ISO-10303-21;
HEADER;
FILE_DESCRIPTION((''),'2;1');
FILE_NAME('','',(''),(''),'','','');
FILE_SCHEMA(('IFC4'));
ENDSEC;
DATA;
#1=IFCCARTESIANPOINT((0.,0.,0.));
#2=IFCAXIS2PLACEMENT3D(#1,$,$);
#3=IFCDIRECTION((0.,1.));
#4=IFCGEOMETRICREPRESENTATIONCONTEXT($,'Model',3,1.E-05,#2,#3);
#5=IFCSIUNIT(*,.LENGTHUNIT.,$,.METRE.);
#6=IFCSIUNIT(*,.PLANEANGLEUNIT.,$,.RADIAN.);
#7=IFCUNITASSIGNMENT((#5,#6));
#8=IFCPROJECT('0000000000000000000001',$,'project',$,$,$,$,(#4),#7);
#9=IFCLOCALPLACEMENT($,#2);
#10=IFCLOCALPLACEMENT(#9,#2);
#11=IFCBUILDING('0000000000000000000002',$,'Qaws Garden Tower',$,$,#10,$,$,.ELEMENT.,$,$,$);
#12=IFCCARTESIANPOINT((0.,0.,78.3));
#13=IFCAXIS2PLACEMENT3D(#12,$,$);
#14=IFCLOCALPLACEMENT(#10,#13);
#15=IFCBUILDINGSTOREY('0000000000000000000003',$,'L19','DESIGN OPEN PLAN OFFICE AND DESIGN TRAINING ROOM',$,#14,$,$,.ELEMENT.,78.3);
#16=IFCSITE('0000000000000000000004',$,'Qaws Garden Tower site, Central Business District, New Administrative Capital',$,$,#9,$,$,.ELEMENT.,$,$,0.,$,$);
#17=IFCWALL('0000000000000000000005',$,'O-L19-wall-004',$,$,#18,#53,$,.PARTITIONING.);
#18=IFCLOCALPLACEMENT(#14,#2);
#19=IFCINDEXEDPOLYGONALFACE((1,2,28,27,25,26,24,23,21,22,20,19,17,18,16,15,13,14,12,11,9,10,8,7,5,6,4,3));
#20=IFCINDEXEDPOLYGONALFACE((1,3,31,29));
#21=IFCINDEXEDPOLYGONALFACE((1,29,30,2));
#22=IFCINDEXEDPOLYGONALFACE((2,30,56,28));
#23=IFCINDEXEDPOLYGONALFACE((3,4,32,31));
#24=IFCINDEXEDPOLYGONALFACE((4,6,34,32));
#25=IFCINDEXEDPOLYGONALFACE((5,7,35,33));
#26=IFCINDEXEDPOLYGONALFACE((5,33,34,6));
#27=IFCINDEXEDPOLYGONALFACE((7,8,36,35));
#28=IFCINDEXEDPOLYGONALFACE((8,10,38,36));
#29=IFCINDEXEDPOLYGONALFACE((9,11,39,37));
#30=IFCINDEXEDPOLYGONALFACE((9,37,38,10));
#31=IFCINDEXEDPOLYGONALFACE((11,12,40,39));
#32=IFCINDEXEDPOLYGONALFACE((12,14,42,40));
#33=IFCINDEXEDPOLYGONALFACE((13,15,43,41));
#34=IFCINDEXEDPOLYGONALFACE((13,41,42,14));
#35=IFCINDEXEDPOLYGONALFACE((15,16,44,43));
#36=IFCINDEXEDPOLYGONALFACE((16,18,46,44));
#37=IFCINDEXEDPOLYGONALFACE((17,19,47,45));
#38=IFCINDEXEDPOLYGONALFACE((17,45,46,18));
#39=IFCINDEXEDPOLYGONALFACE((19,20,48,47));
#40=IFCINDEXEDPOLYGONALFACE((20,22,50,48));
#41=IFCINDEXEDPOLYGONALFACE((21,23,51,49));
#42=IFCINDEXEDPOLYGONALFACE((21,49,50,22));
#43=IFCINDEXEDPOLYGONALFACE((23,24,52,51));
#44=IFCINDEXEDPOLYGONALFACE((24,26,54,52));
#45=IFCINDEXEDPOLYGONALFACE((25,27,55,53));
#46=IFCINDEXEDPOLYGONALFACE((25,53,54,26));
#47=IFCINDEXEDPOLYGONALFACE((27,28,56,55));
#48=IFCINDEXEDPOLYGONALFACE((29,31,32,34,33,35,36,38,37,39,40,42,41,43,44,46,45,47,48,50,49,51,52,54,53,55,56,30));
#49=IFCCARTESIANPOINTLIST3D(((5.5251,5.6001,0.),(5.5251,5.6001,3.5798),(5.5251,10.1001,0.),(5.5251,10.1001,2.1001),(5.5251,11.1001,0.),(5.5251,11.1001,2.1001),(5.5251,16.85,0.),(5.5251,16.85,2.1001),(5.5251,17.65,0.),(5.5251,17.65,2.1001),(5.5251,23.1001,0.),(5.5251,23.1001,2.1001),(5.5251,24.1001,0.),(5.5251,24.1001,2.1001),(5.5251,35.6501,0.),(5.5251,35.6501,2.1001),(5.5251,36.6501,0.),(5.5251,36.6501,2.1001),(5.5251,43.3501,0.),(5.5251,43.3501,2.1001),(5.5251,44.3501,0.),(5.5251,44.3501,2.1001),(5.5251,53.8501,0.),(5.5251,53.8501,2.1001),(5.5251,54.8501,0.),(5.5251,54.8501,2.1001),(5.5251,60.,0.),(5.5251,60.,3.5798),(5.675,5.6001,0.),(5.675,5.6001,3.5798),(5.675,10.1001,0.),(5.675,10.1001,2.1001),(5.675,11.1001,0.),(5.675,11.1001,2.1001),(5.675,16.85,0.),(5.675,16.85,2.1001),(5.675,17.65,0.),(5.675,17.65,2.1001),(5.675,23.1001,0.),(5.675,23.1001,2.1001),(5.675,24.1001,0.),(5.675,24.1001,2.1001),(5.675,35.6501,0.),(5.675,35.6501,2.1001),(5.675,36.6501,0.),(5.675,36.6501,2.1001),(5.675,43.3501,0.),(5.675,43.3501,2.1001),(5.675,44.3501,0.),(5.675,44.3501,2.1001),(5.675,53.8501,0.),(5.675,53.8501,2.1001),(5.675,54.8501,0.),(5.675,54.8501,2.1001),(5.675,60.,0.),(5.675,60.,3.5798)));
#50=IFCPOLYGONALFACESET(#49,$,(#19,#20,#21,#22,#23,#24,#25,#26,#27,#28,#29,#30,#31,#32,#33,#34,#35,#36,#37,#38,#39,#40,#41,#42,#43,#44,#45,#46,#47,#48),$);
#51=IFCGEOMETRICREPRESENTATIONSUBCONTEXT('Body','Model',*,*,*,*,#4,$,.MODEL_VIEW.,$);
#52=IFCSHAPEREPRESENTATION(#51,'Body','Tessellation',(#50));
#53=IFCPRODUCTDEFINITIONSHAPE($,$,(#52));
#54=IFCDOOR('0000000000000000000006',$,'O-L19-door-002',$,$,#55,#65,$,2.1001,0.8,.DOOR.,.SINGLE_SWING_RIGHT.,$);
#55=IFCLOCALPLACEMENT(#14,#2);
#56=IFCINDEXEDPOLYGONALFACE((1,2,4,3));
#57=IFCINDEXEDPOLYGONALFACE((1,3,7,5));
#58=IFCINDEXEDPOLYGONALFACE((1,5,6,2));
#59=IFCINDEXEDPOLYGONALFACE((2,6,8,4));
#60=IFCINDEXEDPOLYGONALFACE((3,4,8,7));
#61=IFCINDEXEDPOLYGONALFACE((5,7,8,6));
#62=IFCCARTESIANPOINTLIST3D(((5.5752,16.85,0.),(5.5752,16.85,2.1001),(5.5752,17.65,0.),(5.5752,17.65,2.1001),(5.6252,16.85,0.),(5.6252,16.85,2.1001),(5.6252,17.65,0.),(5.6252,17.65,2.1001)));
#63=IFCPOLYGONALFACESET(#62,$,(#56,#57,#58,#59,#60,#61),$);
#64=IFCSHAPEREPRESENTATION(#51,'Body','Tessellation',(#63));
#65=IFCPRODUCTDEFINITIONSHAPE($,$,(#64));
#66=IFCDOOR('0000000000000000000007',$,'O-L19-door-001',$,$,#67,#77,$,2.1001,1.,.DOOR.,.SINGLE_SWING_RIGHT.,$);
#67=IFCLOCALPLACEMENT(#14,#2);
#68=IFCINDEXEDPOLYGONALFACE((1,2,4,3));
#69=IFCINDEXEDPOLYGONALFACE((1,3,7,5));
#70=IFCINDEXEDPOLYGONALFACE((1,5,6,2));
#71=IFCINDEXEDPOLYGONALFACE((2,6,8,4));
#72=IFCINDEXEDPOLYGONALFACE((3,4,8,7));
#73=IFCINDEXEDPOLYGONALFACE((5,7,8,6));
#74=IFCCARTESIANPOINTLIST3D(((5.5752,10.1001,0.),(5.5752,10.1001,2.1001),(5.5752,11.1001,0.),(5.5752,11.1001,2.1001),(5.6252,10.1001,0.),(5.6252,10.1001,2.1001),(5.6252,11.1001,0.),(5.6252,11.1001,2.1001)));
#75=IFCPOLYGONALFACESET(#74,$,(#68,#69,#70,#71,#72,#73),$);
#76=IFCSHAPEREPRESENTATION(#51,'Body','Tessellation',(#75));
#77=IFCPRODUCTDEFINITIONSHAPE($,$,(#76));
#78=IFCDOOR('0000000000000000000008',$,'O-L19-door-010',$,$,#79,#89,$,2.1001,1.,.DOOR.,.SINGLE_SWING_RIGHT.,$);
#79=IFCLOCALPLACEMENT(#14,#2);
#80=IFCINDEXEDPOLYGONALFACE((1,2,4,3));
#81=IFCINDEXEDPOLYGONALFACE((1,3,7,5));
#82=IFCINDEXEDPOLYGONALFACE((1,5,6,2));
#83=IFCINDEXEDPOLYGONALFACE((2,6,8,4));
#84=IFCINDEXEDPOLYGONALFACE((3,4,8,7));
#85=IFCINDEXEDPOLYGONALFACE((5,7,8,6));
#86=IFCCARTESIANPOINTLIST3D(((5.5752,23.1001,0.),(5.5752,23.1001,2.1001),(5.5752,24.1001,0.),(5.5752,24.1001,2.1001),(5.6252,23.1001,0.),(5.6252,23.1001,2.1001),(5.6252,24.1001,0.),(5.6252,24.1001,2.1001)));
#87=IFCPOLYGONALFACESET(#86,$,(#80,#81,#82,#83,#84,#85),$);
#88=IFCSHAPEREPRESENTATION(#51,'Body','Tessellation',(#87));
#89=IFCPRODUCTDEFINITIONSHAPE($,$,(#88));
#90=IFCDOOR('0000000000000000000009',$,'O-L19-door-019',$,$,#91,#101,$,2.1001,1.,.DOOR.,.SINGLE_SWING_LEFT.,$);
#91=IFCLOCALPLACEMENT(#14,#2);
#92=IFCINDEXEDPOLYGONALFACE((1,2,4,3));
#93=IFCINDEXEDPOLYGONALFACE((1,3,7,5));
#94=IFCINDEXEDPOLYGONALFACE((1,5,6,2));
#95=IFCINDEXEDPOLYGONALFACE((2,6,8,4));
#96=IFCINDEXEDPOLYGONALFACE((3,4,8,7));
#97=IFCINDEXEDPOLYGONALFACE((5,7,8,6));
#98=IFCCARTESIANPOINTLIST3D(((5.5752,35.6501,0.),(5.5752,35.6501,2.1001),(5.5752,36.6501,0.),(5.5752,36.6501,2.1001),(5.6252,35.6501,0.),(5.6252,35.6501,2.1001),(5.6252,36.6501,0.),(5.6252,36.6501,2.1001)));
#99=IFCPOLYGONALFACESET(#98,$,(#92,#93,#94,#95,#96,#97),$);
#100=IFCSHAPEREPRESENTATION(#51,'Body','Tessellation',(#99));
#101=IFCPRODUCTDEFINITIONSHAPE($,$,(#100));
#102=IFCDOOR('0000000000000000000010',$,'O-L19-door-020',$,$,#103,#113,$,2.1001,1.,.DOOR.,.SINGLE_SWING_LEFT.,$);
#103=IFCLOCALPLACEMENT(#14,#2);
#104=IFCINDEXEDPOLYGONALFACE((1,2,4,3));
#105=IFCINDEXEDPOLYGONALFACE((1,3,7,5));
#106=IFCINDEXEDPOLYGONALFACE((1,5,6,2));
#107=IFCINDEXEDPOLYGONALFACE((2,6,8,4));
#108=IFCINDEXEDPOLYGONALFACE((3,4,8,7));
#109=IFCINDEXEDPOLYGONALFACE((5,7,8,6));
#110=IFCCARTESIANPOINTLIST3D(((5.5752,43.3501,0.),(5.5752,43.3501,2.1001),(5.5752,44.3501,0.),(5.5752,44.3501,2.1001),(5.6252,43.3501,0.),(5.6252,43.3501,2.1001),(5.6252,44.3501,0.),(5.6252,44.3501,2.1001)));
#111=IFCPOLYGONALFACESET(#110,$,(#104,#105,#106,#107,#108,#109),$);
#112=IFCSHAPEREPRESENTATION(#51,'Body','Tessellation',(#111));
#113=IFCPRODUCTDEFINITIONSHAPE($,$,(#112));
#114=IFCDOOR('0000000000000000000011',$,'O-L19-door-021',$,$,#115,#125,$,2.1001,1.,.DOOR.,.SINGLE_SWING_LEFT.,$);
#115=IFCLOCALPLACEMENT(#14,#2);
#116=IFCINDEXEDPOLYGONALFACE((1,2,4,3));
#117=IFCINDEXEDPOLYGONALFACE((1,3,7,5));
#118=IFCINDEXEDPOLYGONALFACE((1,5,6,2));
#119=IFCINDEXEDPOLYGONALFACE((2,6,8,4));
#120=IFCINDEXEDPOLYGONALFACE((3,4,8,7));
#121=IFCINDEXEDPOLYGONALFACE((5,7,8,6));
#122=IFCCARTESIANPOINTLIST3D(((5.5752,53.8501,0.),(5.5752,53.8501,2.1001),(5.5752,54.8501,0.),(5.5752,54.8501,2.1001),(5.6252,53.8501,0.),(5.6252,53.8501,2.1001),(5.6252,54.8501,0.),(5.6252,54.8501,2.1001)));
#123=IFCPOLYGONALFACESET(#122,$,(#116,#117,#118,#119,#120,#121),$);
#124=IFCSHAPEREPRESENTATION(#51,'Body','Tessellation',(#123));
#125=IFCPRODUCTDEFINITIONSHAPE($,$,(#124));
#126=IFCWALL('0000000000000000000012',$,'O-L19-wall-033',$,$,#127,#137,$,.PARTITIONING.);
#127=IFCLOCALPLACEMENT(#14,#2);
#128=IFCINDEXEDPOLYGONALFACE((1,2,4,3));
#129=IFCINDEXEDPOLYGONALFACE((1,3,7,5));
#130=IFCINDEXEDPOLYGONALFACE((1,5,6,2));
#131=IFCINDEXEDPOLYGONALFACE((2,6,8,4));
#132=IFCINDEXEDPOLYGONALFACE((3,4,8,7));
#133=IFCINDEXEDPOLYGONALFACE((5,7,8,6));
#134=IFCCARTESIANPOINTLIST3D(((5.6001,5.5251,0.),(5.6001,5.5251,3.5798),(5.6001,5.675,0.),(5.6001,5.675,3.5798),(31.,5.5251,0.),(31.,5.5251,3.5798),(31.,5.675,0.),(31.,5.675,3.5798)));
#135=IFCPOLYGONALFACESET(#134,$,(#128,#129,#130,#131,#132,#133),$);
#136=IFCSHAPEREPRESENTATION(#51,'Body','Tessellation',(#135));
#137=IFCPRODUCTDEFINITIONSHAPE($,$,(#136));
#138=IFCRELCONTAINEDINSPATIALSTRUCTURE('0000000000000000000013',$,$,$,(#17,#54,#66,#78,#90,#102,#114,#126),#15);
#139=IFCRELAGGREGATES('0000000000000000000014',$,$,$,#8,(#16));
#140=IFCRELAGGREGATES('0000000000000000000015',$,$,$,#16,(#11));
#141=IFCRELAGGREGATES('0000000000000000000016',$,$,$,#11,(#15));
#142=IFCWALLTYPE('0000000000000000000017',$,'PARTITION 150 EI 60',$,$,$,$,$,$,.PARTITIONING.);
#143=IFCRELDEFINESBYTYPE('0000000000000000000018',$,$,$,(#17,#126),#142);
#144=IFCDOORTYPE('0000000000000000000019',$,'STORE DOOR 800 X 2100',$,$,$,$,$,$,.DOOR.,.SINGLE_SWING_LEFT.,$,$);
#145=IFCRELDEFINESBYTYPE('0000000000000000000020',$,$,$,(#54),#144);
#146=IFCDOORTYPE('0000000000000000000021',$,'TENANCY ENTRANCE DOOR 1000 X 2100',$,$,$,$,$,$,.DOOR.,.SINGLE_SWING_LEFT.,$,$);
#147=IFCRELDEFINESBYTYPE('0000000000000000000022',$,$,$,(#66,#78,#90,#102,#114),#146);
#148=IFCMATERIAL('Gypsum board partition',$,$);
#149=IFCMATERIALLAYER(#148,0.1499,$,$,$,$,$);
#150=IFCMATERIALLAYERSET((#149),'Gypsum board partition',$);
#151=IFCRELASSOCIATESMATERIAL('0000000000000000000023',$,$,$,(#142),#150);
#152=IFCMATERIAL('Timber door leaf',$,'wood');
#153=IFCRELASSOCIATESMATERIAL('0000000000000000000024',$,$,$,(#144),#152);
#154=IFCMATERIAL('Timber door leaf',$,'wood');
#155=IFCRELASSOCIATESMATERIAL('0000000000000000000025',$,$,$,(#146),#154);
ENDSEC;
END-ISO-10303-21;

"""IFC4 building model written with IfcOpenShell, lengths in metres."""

from ifc_helpers import new_model, si_unit, direction, frame, frame_2d, origin, place, context, subcontext, project, spatial, rectangle, extrude, material, layer, layer_set, type_object, element, fill, save


model = new_model("IFC4")

# Units and contexts
model_context = context("Model", 3, precision=1e-05, world=origin(), true_north=direction((0.0, 1.0)))
body_context = subcontext(model_context, "Body", "Model", "MODEL_VIEW")
ifc_project = project(units=[si_unit("LENGTHUNIT", "METRE"), si_unit("PLANEANGLEUNIT", "RADIAN")], contexts=[model_context])

# Site, building, storey
site_placement = place(None, origin())
site = spatial("IfcSite", under=ifc_project, at=site_placement, Name="Qaws Garden Tower site, Central Business District, New Administrative Capital", CompositionType="ELEMENT", RefElevation=0.0)
building_placement = place(site_placement, origin())
building = spatial("IfcBuilding", under=site, at=building_placement, Name="Qaws Garden Tower", CompositionType="ELEMENT")
storey_placement = place(building_placement, frame((0.0, 0.0, 78.3)))
storey = spatial("IfcBuildingStorey", under=building, at=storey_placement, Name="L19", Description="DESIGN OPEN PLAN OFFICE AND DESIGN TRAINING ROOM", CompositionType="ELEMENT", Elevation=78.3)

# Wall, openings, doors
ifc_material_1 = material(Name="Gypsum board partition")
ifc_layer_1 = layer(ifc_material_1, 0.1499)
ifc_layer_set_1 = layer_set([ifc_layer_1], Name="Gypsum board partition")
wall_type_1 = type_object("IfcWallType", Name="PARTITION 150 EI 60", PredefinedType="PARTITIONING", material=ifc_layer_set_1)
wall_1_placement = place(storey_placement, frame((5.6001, 5.6001, 0.0), z_axis=(0.0, 0.0, 1.0), x_axis=(0.0, 1.0, 0.0)))
wall_1 = element("IfcWall", 1, at=wall_1_placement, inside=storey, type_object=wall_type_1, Name="O-L19-wall-004", PredefinedType="PARTITIONING", context=body_context, shape_type="SweptSolid", body=[
    extrude(rectangle(XDim=54.3999, YDim=0.1499, at=frame_2d((27.2, 0.0))), origin(), (0.0, 0.0, 1.0), 3.5798),
])
opening_1_placement = place(wall_1_placement, frame((4.5, 0.0, 0.0)))
opening_1 = element("IfcOpeningElement", 2, at=opening_1_placement, cuts=wall_1, PredefinedType="OPENING", context=body_context, shape_type="SweptSolid", body=[
    extrude(rectangle(XDim=1.0, YDim=2.1001, at=frame_2d((0.5, 1.05))), frame((0.0, 0.085, 0.0), z_axis=(0.0, -1.0, 0.0), x_axis=(1.0, 0.0, 0.0)), (0.0, 0.0, 1.0), 0.1699),
])
opening_2_placement = place(wall_1_placement, frame((11.25, 0.0, 0.0)))
opening_2 = element("IfcOpeningElement", 3, at=opening_2_placement, cuts=wall_1, PredefinedType="OPENING", context=body_context, shape_type="SweptSolid", body=[
    extrude(rectangle(XDim=0.8, YDim=2.1001, at=frame_2d((0.3999, 1.05))), frame((0.0, 0.085, 0.0), z_axis=(0.0, -1.0, 0.0), x_axis=(1.0, 0.0, 0.0)), (0.0, 0.0, 1.0), 0.1699),
])
opening_3_placement = place(wall_1_placement, frame((17.5, 0.0, 0.0)))
opening_3 = element("IfcOpeningElement", 4, at=opening_3_placement, cuts=wall_1, PredefinedType="OPENING", context=body_context, shape_type="SweptSolid", body=[
    extrude(rectangle(XDim=1.0, YDim=2.1001, at=frame_2d((0.5, 1.05))), frame((0.0, 0.085, 0.0), z_axis=(0.0, -1.0, 0.0), x_axis=(1.0, 0.0, 0.0)), (0.0, 0.0, 1.0), 0.1699),
])
opening_4_placement = place(wall_1_placement, frame((30.05, 0.0, 0.0)))
opening_4 = element("IfcOpeningElement", 5, at=opening_4_placement, cuts=wall_1, PredefinedType="OPENING", context=body_context, shape_type="SweptSolid", body=[
    extrude(rectangle(XDim=1.0, YDim=2.1001, at=frame_2d((0.5, 1.05))), frame((0.0, 0.085, 0.0), z_axis=(0.0, -1.0, 0.0), x_axis=(1.0, 0.0, 0.0)), (0.0, 0.0, 1.0), 0.1699),
])
opening_5_placement = place(wall_1_placement, frame((37.75, 0.0, 0.0)))
opening_5 = element("IfcOpeningElement", 6, at=opening_5_placement, cuts=wall_1, PredefinedType="OPENING", context=body_context, shape_type="SweptSolid", body=[
    extrude(rectangle(XDim=1.0, YDim=2.1001, at=frame_2d((0.5, 1.05))), frame((0.0, 0.085, 0.0), z_axis=(0.0, -1.0, 0.0), x_axis=(1.0, 0.0, 0.0)), (0.0, 0.0, 1.0), 0.1699),
])
opening_6_placement = place(wall_1_placement, frame((48.25, 0.0, 0.0)))
opening_6 = element("IfcOpeningElement", 7, at=opening_6_placement, cuts=wall_1, PredefinedType="OPENING", context=body_context, shape_type="SweptSolid", body=[
    extrude(rectangle(XDim=1.0, YDim=2.1001, at=frame_2d((0.5, 1.05))), frame((0.0, 0.085, 0.0), z_axis=(0.0, -1.0, 0.0), x_axis=(1.0, 0.0, 0.0)), (0.0, 0.0, 1.0), 0.1699),
])
ifc_material_2 = material(Name="Timber door leaf", Category="wood")
door_type_1 = type_object("IfcDoorType", Name="STORE DOOR 800 X 2100", OperationType="SINGLE_SWING_LEFT", PredefinedType="DOOR", material=ifc_material_2)
door_1_placement = place(opening_2_placement, origin())
door_1 = element("IfcDoor", 8, at=door_1_placement, inside=storey, type_object=door_type_1, Name="O-L19-door-002", OperationType="SINGLE_SWING_RIGHT", OverallHeight=2.1001, OverallWidth=0.8, PredefinedType="DOOR", context=body_context, shape_type="SweptSolid", body=[
    extrude(rectangle(XDim=0.8, YDim=2.1001, at=frame_2d((0.3999, 1.05))), frame((0.0, 0.0249, 0.0), z_axis=(0.0, -1.0, 0.0), x_axis=(1.0, 0.0, 0.0)), (0.0, 0.0, 1.0), 0.05),
])
fill(opening_2, door_1)
ifc_material_3 = material(Name="Timber door leaf", Category="wood")
door_type_2 = type_object("IfcDoorType", Name="TENANCY ENTRANCE DOOR 1000 X 2100", OperationType="SINGLE_SWING_LEFT", PredefinedType="DOOR", material=ifc_material_3)
door_2_placement = place(opening_1_placement, origin())
door_2 = element("IfcDoor", 9, at=door_2_placement, inside=storey, type_object=door_type_2, Name="O-L19-door-001", OperationType="SINGLE_SWING_RIGHT", OverallHeight=2.1001, OverallWidth=1.0, PredefinedType="DOOR", context=body_context, shape_type="SweptSolid", body=[
    extrude(rectangle(XDim=1.0, YDim=2.1001, at=frame_2d((0.5, 1.05))), frame((0.0, 0.0249, 0.0), z_axis=(0.0, -1.0, 0.0), x_axis=(1.0, 0.0, 0.0)), (0.0, 0.0, 1.0), 0.05),
])
fill(opening_1, door_2)
door_3_placement = place(opening_3_placement, origin())
door_3 = element("IfcDoor", 10, at=door_3_placement, inside=storey, type_object=door_type_2, Name="O-L19-door-010", OperationType="SINGLE_SWING_RIGHT", OverallHeight=2.1001, OverallWidth=1.0, PredefinedType="DOOR", context=body_context, shape_type="SweptSolid", body=[
    extrude(rectangle(XDim=1.0, YDim=2.1001, at=frame_2d((0.5, 1.05))), frame((0.0, 0.0249, 0.0), z_axis=(0.0, -1.0, 0.0), x_axis=(1.0, 0.0, 0.0)), (0.0, 0.0, 1.0), 0.05),
])
fill(opening_3, door_3)
door_4_placement = place(opening_4_placement, origin())
door_4 = element("IfcDoor", 11, at=door_4_placement, inside=storey, type_object=door_type_2, Name="O-L19-door-019", OperationType="SINGLE_SWING_LEFT", OverallHeight=2.1001, OverallWidth=1.0, PredefinedType="DOOR", context=body_context, shape_type="SweptSolid", body=[
    extrude(rectangle(XDim=1.0, YDim=2.1001, at=frame_2d((0.5, 1.05))), frame((0.0, 0.0249, 0.0), z_axis=(0.0, -1.0, 0.0), x_axis=(1.0, 0.0, 0.0)), (0.0, 0.0, 1.0), 0.05),
])
fill(opening_4, door_4)
door_5_placement = place(opening_5_placement, origin())
door_5 = element("IfcDoor", 12, at=door_5_placement, inside=storey, type_object=door_type_2, Name="O-L19-door-020", OperationType="SINGLE_SWING_LEFT", OverallHeight=2.1001, OverallWidth=1.0, PredefinedType="DOOR", context=body_context, shape_type="SweptSolid", body=[
    extrude(rectangle(XDim=1.0, YDim=2.1001, at=frame_2d((0.5, 1.05))), frame((0.0, 0.0249, 0.0), z_axis=(0.0, -1.0, 0.0), x_axis=(1.0, 0.0, 0.0)), (0.0, 0.0, 1.0), 0.05),
])
fill(opening_5, door_5)
door_6_placement = place(opening_6_placement, origin())
door_6 = element("IfcDoor", 13, at=door_6_placement, inside=storey, type_object=door_type_2, Name="O-L19-door-021", OperationType="SINGLE_SWING_LEFT", OverallHeight=2.1001, OverallWidth=1.0, PredefinedType="DOOR", context=body_context, shape_type="SweptSolid", body=[
    extrude(rectangle(XDim=1.0, YDim=2.1001, at=frame_2d((0.5, 1.05))), frame((0.0, 0.0249, 0.0), z_axis=(0.0, -1.0, 0.0), x_axis=(1.0, 0.0, 0.0)), (0.0, 0.0, 1.0), 0.05),
])
fill(opening_6, door_6)

# Wall
wall_2_placement = place(storey_placement, frame((5.6001, 5.6001, 0.0), z_axis=(0.0, 0.0, 1.0), x_axis=(1.0, 0.0, 0.0)))
element("IfcWall", 14, at=wall_2_placement, inside=storey, type_object=wall_type_1, Name="O-L19-wall-033", PredefinedType="PARTITIONING", context=body_context, shape_type="SweptSolid", body=[
    extrude(rectangle(XDim=25.3999, YDim=0.1499, at=frame_2d((12.7, 0.0))), origin(), (0.0, 0.0, 1.0), 3.5798),
])

save(model, "model.ifc")
